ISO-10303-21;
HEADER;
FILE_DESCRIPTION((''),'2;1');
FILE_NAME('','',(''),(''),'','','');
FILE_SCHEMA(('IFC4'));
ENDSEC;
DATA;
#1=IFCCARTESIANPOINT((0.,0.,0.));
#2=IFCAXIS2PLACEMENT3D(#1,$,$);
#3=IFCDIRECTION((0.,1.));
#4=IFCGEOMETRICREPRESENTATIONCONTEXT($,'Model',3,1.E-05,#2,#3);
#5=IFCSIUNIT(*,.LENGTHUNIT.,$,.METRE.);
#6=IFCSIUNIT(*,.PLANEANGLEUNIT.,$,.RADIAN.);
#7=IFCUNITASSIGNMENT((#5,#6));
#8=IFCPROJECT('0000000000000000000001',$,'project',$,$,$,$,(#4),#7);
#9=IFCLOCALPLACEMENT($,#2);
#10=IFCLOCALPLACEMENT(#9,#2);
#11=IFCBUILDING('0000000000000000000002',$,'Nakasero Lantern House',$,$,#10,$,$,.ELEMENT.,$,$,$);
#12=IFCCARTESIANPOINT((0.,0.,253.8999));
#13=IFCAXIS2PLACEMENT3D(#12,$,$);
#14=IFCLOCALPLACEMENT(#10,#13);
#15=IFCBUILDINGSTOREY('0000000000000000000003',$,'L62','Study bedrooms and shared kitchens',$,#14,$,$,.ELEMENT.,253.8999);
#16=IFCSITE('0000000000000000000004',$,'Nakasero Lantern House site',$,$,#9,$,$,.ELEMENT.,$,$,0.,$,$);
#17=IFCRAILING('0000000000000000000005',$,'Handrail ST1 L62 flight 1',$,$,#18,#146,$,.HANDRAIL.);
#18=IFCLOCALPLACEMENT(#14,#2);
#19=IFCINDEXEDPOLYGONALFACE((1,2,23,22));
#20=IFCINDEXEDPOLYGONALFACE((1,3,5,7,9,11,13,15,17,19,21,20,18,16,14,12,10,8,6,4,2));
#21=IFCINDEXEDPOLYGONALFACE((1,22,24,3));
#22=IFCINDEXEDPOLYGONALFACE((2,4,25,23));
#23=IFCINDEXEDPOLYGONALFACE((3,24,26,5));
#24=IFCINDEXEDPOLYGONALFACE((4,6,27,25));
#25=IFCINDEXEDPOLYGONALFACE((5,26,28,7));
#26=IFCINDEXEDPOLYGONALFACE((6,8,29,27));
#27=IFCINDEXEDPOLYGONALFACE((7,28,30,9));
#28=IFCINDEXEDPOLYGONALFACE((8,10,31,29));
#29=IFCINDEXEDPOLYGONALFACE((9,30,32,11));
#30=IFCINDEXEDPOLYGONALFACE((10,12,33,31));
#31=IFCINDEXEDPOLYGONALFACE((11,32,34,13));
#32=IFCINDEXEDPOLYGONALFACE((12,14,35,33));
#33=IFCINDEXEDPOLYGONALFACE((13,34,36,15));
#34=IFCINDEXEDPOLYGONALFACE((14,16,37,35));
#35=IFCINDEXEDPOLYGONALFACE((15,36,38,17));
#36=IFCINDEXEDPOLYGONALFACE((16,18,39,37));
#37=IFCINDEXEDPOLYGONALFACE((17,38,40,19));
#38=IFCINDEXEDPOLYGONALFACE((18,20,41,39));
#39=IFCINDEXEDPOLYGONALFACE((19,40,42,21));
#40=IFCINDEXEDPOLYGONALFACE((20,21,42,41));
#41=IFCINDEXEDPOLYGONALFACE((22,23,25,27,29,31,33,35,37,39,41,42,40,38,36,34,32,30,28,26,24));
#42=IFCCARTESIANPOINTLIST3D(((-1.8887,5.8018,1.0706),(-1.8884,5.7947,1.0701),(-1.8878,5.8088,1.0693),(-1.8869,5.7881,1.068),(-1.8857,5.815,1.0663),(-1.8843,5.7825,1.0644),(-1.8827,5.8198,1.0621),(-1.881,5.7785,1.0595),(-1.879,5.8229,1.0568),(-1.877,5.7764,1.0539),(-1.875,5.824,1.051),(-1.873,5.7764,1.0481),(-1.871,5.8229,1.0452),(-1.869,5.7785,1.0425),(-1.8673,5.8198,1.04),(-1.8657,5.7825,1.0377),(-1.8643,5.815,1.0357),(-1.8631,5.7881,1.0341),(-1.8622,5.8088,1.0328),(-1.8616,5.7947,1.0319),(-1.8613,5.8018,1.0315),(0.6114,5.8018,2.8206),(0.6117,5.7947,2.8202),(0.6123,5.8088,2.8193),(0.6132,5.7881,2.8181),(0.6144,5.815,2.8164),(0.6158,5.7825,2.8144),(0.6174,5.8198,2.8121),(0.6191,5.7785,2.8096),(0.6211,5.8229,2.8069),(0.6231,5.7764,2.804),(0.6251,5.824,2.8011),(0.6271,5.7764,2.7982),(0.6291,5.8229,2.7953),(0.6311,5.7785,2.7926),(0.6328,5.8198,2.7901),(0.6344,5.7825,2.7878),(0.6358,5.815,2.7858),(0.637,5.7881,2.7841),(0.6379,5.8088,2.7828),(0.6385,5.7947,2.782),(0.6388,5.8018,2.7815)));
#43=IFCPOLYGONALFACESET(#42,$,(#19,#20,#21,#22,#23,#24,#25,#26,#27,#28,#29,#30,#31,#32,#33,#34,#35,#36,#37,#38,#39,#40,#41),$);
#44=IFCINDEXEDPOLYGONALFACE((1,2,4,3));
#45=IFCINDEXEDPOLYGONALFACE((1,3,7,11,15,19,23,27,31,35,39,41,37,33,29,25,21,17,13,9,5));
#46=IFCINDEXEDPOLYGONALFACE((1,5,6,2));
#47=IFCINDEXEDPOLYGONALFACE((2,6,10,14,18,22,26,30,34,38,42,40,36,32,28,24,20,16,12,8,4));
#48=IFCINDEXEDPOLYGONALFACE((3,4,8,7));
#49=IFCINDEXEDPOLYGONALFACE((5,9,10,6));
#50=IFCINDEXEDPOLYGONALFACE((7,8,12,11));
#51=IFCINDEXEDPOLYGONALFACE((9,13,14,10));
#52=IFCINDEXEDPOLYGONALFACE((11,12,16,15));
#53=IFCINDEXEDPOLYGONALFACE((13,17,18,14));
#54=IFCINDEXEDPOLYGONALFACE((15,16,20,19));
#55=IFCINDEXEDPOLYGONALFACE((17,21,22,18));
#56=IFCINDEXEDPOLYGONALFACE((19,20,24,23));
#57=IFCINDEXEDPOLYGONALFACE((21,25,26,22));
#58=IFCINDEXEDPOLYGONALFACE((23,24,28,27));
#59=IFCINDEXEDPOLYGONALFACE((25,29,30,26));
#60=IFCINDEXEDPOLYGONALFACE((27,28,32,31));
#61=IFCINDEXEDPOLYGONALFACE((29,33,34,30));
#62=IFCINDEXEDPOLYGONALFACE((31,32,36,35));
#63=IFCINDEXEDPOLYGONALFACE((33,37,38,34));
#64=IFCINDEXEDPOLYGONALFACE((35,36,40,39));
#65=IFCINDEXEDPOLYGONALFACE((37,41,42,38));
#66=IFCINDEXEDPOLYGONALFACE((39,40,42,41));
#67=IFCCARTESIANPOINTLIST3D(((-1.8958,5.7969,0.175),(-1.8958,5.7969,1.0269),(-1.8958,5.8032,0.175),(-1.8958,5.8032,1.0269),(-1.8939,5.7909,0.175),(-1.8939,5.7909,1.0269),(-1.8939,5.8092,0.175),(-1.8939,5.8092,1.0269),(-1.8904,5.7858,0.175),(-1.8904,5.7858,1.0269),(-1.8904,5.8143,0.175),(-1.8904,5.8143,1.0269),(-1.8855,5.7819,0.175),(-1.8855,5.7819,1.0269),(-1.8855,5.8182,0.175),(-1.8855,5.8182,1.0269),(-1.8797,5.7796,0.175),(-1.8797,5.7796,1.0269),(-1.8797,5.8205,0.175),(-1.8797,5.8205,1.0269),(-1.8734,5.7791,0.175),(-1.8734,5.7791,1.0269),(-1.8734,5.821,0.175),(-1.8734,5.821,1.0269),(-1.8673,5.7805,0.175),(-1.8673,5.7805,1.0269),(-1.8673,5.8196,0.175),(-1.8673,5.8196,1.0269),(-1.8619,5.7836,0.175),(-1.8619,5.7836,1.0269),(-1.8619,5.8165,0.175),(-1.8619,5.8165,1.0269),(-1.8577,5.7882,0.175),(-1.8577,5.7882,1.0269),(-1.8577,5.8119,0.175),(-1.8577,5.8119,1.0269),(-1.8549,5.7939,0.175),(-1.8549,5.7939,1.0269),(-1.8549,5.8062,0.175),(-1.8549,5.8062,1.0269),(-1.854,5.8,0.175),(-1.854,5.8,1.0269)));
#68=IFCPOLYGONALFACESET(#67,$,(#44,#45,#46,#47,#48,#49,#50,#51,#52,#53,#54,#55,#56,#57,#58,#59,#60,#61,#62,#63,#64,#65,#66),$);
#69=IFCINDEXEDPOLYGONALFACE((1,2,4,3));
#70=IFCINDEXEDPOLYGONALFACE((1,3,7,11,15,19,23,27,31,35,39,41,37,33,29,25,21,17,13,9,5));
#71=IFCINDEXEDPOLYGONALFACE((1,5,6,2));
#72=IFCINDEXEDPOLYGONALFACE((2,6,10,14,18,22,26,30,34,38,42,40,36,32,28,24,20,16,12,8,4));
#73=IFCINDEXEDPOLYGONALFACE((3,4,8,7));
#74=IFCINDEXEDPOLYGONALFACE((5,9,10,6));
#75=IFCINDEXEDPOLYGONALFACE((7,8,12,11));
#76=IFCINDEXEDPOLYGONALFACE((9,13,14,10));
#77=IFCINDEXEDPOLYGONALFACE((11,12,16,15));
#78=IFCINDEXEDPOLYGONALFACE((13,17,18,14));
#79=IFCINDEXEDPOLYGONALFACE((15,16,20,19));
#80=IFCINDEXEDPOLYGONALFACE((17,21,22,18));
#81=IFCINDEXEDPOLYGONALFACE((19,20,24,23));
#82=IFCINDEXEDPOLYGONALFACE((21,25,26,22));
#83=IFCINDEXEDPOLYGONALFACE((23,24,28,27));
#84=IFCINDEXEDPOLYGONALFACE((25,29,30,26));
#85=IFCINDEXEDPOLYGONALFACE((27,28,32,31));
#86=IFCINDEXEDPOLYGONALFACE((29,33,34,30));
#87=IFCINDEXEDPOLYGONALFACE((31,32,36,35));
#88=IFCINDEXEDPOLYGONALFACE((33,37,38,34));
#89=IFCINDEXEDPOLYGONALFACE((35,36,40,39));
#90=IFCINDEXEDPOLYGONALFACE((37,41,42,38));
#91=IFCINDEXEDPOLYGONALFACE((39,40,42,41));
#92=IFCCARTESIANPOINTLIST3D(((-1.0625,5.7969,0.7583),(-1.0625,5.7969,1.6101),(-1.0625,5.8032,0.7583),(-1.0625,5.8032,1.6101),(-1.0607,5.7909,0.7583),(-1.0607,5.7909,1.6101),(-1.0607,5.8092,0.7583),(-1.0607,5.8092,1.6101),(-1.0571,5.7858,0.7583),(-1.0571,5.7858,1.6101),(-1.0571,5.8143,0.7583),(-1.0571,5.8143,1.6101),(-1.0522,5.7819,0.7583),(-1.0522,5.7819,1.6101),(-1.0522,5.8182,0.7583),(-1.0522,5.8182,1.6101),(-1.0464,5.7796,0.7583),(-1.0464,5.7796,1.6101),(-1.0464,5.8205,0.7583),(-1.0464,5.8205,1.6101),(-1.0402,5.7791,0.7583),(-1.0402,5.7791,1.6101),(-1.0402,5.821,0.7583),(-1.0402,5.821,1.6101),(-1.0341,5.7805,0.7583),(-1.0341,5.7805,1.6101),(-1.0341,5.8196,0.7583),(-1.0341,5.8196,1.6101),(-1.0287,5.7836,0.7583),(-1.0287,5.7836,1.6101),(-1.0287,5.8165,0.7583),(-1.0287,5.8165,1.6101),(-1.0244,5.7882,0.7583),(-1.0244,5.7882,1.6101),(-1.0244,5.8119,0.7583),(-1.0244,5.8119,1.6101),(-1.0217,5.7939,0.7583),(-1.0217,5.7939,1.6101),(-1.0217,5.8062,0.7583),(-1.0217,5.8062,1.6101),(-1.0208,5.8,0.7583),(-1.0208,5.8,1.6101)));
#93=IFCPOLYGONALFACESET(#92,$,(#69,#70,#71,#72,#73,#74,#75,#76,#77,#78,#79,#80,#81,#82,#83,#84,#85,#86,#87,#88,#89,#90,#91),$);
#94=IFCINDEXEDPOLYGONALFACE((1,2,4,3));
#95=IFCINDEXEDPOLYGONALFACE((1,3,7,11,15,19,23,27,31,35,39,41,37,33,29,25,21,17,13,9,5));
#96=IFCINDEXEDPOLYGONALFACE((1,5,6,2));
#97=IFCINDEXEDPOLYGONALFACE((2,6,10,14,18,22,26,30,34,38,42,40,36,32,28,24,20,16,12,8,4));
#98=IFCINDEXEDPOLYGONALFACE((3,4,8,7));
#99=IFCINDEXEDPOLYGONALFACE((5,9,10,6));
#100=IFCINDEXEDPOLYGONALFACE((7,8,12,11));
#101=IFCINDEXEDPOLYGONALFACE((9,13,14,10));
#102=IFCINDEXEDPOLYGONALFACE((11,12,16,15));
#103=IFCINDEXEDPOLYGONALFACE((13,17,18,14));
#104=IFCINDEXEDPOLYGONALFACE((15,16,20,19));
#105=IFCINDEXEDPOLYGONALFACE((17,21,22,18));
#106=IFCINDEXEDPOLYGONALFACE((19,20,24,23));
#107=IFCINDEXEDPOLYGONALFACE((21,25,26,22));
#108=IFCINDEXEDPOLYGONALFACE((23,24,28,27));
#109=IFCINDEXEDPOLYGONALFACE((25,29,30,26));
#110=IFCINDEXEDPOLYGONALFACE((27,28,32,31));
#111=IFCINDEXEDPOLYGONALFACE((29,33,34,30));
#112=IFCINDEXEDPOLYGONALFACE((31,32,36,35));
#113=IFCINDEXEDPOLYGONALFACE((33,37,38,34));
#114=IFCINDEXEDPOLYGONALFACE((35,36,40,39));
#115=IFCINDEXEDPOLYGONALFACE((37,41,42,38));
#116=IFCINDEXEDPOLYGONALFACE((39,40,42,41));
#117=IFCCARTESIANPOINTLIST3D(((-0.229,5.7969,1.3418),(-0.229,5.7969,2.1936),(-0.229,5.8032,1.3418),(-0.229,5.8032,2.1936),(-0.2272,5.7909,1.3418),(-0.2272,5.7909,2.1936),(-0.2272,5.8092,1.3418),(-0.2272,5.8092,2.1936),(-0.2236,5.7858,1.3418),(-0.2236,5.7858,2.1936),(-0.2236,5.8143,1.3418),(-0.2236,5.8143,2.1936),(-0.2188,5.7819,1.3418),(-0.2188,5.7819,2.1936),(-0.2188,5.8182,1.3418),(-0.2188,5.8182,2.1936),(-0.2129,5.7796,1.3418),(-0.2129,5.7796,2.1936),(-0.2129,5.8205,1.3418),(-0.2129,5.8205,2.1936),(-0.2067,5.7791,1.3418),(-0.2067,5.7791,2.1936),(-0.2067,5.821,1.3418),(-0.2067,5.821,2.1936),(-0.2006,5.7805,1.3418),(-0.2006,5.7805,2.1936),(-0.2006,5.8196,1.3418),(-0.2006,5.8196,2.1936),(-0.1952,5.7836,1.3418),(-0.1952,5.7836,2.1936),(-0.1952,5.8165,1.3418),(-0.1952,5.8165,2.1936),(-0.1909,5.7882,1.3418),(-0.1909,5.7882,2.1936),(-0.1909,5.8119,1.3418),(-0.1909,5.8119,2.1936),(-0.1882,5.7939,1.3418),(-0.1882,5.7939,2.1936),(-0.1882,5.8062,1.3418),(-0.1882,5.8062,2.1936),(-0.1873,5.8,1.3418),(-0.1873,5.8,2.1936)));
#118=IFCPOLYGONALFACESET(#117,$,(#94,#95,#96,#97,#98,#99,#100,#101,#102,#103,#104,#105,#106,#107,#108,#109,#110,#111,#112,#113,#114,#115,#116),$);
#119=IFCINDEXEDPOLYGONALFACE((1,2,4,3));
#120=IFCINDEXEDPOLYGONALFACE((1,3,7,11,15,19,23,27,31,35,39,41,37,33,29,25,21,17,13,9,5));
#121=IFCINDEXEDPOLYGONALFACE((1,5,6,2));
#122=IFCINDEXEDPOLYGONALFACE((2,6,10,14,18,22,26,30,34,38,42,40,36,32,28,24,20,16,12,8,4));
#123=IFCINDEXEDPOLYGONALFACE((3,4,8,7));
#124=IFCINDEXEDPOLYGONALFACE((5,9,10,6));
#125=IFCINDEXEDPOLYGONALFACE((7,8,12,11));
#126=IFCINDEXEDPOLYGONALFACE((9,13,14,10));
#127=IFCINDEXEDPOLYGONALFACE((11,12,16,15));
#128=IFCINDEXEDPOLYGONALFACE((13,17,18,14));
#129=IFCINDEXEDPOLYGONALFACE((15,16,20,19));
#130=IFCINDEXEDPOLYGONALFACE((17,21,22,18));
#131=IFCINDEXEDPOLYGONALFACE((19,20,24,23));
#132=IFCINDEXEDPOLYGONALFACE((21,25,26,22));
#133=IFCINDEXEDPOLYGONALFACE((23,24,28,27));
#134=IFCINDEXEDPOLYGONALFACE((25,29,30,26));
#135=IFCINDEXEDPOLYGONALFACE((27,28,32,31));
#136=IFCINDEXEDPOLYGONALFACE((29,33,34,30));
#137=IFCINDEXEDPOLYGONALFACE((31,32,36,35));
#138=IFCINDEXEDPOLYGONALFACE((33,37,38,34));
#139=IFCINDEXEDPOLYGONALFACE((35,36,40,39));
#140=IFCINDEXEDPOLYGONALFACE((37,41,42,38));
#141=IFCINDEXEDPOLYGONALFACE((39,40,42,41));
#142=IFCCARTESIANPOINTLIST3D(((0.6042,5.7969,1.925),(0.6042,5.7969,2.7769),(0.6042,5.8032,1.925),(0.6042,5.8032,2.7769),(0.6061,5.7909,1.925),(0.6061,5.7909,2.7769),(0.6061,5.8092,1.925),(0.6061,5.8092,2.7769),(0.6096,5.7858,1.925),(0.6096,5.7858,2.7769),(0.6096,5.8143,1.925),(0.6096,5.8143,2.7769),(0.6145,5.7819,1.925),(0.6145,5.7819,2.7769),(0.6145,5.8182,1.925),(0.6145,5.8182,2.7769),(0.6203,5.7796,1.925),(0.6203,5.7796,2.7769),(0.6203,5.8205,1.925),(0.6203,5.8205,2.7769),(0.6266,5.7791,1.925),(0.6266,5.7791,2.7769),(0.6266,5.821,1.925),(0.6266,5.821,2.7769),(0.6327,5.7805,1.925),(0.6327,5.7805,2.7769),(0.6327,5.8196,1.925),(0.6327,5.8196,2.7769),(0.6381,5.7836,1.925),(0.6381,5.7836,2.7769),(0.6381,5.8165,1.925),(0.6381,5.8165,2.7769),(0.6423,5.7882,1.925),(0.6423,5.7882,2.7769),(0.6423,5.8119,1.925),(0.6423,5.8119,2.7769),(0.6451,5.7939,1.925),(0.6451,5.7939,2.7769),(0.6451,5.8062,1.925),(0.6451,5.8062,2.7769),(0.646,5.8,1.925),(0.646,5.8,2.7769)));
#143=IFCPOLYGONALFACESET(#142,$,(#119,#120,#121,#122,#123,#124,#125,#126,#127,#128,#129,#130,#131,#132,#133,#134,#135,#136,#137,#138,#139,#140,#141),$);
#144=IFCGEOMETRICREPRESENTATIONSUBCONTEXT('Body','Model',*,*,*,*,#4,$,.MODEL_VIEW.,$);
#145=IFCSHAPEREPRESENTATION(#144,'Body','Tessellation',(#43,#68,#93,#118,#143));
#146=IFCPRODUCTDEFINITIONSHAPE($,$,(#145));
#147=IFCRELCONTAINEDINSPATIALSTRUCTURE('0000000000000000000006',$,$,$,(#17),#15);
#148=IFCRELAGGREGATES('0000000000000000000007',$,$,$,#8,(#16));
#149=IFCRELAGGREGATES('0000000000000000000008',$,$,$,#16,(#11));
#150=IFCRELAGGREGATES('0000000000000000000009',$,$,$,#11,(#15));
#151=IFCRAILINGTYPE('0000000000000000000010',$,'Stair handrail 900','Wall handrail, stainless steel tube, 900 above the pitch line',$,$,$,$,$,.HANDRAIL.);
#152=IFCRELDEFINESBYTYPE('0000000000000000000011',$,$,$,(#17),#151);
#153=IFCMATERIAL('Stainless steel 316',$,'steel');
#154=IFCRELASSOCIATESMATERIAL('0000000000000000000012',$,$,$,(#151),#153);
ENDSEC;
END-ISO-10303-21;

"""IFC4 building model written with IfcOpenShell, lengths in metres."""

from ifc_helpers import new_model, si_unit, direction, frame, origin, origin_2d, place, context, subcontext, project, spatial, circle, extrude, material, type_object, element, save


model = new_model("IFC4")

# Units and contexts
model_context = context("Model", 3, precision=1e-05, world=origin(), true_north=direction((0.0, 1.0)))
body_context = subcontext(model_context, "Body", "Model", "MODEL_VIEW")
ifc_project = project(units=[si_unit("LENGTHUNIT", "METRE"), si_unit("PLANEANGLEUNIT", "RADIAN")], contexts=[model_context])

# Site, building, storey
site_placement = place(None, origin())
site = spatial("IfcSite", under=ifc_project, at=site_placement, Name="Nakasero Lantern House site", CompositionType="ELEMENT", RefElevation=0.0)
building_placement = place(site_placement, origin())
building = spatial("IfcBuilding", under=site, at=building_placement, Name="Nakasero Lantern House", CompositionType="ELEMENT")
storey_placement = place(building_placement, frame((0.0, 0.0, 253.8999)))
storey = spatial("IfcBuildingStorey", under=building, at=storey_placement, Name="L62", Description="Study bedrooms and shared kitchens", CompositionType="ELEMENT", Elevation=253.8999)

# Railing
ifc_material_1 = material(Name="Stainless steel 316", Category="steel")
railing_type = type_object("IfcRailingType", Name="Stair handrail 900", Description="Wall handrail, stainless steel tube, 900 above the pitch line", PredefinedType="HANDRAIL", material=ifc_material_1)
railing_placement = place(storey_placement, frame((-1.875, 5.8, 0.175)))
element("IfcRailing", 1, at=railing_placement, inside=storey, type_object=railing_type, Name="Handrail ST1 L62 flight 1", PredefinedType="HANDRAIL", context=body_context, shape_type="SweptSolid", body=[
    extrude(circle(Radius=0.0239, at=origin_2d()), frame((0.0, 0.0, 0.876), z_axis=(0.819232, 0.0, 0.573462), x_axis=(0.0, 1.0, 0.0)), (0.0, 0.0, 1.0), 3.0518),
    extrude(circle(Radius=0.021, at=origin_2d()), origin(), (0.0, 0.0, 1.0), 0.8518),
    extrude(circle(Radius=0.021, at=origin_2d()), frame((0.8333, 0.0, 0.5833)), (0.0, 0.0, 1.0), 0.8518),
    extrude(circle(Radius=0.021, at=origin_2d()), frame((1.6667, 0.0, 1.1667)), (0.0, 0.0, 1.0), 0.8518),
    extrude(circle(Radius=0.021, at=origin_2d()), frame((2.5, 0.0, 1.75)), (0.0, 0.0, 1.0), 0.8518),
])

save(model, "model.ifc")
